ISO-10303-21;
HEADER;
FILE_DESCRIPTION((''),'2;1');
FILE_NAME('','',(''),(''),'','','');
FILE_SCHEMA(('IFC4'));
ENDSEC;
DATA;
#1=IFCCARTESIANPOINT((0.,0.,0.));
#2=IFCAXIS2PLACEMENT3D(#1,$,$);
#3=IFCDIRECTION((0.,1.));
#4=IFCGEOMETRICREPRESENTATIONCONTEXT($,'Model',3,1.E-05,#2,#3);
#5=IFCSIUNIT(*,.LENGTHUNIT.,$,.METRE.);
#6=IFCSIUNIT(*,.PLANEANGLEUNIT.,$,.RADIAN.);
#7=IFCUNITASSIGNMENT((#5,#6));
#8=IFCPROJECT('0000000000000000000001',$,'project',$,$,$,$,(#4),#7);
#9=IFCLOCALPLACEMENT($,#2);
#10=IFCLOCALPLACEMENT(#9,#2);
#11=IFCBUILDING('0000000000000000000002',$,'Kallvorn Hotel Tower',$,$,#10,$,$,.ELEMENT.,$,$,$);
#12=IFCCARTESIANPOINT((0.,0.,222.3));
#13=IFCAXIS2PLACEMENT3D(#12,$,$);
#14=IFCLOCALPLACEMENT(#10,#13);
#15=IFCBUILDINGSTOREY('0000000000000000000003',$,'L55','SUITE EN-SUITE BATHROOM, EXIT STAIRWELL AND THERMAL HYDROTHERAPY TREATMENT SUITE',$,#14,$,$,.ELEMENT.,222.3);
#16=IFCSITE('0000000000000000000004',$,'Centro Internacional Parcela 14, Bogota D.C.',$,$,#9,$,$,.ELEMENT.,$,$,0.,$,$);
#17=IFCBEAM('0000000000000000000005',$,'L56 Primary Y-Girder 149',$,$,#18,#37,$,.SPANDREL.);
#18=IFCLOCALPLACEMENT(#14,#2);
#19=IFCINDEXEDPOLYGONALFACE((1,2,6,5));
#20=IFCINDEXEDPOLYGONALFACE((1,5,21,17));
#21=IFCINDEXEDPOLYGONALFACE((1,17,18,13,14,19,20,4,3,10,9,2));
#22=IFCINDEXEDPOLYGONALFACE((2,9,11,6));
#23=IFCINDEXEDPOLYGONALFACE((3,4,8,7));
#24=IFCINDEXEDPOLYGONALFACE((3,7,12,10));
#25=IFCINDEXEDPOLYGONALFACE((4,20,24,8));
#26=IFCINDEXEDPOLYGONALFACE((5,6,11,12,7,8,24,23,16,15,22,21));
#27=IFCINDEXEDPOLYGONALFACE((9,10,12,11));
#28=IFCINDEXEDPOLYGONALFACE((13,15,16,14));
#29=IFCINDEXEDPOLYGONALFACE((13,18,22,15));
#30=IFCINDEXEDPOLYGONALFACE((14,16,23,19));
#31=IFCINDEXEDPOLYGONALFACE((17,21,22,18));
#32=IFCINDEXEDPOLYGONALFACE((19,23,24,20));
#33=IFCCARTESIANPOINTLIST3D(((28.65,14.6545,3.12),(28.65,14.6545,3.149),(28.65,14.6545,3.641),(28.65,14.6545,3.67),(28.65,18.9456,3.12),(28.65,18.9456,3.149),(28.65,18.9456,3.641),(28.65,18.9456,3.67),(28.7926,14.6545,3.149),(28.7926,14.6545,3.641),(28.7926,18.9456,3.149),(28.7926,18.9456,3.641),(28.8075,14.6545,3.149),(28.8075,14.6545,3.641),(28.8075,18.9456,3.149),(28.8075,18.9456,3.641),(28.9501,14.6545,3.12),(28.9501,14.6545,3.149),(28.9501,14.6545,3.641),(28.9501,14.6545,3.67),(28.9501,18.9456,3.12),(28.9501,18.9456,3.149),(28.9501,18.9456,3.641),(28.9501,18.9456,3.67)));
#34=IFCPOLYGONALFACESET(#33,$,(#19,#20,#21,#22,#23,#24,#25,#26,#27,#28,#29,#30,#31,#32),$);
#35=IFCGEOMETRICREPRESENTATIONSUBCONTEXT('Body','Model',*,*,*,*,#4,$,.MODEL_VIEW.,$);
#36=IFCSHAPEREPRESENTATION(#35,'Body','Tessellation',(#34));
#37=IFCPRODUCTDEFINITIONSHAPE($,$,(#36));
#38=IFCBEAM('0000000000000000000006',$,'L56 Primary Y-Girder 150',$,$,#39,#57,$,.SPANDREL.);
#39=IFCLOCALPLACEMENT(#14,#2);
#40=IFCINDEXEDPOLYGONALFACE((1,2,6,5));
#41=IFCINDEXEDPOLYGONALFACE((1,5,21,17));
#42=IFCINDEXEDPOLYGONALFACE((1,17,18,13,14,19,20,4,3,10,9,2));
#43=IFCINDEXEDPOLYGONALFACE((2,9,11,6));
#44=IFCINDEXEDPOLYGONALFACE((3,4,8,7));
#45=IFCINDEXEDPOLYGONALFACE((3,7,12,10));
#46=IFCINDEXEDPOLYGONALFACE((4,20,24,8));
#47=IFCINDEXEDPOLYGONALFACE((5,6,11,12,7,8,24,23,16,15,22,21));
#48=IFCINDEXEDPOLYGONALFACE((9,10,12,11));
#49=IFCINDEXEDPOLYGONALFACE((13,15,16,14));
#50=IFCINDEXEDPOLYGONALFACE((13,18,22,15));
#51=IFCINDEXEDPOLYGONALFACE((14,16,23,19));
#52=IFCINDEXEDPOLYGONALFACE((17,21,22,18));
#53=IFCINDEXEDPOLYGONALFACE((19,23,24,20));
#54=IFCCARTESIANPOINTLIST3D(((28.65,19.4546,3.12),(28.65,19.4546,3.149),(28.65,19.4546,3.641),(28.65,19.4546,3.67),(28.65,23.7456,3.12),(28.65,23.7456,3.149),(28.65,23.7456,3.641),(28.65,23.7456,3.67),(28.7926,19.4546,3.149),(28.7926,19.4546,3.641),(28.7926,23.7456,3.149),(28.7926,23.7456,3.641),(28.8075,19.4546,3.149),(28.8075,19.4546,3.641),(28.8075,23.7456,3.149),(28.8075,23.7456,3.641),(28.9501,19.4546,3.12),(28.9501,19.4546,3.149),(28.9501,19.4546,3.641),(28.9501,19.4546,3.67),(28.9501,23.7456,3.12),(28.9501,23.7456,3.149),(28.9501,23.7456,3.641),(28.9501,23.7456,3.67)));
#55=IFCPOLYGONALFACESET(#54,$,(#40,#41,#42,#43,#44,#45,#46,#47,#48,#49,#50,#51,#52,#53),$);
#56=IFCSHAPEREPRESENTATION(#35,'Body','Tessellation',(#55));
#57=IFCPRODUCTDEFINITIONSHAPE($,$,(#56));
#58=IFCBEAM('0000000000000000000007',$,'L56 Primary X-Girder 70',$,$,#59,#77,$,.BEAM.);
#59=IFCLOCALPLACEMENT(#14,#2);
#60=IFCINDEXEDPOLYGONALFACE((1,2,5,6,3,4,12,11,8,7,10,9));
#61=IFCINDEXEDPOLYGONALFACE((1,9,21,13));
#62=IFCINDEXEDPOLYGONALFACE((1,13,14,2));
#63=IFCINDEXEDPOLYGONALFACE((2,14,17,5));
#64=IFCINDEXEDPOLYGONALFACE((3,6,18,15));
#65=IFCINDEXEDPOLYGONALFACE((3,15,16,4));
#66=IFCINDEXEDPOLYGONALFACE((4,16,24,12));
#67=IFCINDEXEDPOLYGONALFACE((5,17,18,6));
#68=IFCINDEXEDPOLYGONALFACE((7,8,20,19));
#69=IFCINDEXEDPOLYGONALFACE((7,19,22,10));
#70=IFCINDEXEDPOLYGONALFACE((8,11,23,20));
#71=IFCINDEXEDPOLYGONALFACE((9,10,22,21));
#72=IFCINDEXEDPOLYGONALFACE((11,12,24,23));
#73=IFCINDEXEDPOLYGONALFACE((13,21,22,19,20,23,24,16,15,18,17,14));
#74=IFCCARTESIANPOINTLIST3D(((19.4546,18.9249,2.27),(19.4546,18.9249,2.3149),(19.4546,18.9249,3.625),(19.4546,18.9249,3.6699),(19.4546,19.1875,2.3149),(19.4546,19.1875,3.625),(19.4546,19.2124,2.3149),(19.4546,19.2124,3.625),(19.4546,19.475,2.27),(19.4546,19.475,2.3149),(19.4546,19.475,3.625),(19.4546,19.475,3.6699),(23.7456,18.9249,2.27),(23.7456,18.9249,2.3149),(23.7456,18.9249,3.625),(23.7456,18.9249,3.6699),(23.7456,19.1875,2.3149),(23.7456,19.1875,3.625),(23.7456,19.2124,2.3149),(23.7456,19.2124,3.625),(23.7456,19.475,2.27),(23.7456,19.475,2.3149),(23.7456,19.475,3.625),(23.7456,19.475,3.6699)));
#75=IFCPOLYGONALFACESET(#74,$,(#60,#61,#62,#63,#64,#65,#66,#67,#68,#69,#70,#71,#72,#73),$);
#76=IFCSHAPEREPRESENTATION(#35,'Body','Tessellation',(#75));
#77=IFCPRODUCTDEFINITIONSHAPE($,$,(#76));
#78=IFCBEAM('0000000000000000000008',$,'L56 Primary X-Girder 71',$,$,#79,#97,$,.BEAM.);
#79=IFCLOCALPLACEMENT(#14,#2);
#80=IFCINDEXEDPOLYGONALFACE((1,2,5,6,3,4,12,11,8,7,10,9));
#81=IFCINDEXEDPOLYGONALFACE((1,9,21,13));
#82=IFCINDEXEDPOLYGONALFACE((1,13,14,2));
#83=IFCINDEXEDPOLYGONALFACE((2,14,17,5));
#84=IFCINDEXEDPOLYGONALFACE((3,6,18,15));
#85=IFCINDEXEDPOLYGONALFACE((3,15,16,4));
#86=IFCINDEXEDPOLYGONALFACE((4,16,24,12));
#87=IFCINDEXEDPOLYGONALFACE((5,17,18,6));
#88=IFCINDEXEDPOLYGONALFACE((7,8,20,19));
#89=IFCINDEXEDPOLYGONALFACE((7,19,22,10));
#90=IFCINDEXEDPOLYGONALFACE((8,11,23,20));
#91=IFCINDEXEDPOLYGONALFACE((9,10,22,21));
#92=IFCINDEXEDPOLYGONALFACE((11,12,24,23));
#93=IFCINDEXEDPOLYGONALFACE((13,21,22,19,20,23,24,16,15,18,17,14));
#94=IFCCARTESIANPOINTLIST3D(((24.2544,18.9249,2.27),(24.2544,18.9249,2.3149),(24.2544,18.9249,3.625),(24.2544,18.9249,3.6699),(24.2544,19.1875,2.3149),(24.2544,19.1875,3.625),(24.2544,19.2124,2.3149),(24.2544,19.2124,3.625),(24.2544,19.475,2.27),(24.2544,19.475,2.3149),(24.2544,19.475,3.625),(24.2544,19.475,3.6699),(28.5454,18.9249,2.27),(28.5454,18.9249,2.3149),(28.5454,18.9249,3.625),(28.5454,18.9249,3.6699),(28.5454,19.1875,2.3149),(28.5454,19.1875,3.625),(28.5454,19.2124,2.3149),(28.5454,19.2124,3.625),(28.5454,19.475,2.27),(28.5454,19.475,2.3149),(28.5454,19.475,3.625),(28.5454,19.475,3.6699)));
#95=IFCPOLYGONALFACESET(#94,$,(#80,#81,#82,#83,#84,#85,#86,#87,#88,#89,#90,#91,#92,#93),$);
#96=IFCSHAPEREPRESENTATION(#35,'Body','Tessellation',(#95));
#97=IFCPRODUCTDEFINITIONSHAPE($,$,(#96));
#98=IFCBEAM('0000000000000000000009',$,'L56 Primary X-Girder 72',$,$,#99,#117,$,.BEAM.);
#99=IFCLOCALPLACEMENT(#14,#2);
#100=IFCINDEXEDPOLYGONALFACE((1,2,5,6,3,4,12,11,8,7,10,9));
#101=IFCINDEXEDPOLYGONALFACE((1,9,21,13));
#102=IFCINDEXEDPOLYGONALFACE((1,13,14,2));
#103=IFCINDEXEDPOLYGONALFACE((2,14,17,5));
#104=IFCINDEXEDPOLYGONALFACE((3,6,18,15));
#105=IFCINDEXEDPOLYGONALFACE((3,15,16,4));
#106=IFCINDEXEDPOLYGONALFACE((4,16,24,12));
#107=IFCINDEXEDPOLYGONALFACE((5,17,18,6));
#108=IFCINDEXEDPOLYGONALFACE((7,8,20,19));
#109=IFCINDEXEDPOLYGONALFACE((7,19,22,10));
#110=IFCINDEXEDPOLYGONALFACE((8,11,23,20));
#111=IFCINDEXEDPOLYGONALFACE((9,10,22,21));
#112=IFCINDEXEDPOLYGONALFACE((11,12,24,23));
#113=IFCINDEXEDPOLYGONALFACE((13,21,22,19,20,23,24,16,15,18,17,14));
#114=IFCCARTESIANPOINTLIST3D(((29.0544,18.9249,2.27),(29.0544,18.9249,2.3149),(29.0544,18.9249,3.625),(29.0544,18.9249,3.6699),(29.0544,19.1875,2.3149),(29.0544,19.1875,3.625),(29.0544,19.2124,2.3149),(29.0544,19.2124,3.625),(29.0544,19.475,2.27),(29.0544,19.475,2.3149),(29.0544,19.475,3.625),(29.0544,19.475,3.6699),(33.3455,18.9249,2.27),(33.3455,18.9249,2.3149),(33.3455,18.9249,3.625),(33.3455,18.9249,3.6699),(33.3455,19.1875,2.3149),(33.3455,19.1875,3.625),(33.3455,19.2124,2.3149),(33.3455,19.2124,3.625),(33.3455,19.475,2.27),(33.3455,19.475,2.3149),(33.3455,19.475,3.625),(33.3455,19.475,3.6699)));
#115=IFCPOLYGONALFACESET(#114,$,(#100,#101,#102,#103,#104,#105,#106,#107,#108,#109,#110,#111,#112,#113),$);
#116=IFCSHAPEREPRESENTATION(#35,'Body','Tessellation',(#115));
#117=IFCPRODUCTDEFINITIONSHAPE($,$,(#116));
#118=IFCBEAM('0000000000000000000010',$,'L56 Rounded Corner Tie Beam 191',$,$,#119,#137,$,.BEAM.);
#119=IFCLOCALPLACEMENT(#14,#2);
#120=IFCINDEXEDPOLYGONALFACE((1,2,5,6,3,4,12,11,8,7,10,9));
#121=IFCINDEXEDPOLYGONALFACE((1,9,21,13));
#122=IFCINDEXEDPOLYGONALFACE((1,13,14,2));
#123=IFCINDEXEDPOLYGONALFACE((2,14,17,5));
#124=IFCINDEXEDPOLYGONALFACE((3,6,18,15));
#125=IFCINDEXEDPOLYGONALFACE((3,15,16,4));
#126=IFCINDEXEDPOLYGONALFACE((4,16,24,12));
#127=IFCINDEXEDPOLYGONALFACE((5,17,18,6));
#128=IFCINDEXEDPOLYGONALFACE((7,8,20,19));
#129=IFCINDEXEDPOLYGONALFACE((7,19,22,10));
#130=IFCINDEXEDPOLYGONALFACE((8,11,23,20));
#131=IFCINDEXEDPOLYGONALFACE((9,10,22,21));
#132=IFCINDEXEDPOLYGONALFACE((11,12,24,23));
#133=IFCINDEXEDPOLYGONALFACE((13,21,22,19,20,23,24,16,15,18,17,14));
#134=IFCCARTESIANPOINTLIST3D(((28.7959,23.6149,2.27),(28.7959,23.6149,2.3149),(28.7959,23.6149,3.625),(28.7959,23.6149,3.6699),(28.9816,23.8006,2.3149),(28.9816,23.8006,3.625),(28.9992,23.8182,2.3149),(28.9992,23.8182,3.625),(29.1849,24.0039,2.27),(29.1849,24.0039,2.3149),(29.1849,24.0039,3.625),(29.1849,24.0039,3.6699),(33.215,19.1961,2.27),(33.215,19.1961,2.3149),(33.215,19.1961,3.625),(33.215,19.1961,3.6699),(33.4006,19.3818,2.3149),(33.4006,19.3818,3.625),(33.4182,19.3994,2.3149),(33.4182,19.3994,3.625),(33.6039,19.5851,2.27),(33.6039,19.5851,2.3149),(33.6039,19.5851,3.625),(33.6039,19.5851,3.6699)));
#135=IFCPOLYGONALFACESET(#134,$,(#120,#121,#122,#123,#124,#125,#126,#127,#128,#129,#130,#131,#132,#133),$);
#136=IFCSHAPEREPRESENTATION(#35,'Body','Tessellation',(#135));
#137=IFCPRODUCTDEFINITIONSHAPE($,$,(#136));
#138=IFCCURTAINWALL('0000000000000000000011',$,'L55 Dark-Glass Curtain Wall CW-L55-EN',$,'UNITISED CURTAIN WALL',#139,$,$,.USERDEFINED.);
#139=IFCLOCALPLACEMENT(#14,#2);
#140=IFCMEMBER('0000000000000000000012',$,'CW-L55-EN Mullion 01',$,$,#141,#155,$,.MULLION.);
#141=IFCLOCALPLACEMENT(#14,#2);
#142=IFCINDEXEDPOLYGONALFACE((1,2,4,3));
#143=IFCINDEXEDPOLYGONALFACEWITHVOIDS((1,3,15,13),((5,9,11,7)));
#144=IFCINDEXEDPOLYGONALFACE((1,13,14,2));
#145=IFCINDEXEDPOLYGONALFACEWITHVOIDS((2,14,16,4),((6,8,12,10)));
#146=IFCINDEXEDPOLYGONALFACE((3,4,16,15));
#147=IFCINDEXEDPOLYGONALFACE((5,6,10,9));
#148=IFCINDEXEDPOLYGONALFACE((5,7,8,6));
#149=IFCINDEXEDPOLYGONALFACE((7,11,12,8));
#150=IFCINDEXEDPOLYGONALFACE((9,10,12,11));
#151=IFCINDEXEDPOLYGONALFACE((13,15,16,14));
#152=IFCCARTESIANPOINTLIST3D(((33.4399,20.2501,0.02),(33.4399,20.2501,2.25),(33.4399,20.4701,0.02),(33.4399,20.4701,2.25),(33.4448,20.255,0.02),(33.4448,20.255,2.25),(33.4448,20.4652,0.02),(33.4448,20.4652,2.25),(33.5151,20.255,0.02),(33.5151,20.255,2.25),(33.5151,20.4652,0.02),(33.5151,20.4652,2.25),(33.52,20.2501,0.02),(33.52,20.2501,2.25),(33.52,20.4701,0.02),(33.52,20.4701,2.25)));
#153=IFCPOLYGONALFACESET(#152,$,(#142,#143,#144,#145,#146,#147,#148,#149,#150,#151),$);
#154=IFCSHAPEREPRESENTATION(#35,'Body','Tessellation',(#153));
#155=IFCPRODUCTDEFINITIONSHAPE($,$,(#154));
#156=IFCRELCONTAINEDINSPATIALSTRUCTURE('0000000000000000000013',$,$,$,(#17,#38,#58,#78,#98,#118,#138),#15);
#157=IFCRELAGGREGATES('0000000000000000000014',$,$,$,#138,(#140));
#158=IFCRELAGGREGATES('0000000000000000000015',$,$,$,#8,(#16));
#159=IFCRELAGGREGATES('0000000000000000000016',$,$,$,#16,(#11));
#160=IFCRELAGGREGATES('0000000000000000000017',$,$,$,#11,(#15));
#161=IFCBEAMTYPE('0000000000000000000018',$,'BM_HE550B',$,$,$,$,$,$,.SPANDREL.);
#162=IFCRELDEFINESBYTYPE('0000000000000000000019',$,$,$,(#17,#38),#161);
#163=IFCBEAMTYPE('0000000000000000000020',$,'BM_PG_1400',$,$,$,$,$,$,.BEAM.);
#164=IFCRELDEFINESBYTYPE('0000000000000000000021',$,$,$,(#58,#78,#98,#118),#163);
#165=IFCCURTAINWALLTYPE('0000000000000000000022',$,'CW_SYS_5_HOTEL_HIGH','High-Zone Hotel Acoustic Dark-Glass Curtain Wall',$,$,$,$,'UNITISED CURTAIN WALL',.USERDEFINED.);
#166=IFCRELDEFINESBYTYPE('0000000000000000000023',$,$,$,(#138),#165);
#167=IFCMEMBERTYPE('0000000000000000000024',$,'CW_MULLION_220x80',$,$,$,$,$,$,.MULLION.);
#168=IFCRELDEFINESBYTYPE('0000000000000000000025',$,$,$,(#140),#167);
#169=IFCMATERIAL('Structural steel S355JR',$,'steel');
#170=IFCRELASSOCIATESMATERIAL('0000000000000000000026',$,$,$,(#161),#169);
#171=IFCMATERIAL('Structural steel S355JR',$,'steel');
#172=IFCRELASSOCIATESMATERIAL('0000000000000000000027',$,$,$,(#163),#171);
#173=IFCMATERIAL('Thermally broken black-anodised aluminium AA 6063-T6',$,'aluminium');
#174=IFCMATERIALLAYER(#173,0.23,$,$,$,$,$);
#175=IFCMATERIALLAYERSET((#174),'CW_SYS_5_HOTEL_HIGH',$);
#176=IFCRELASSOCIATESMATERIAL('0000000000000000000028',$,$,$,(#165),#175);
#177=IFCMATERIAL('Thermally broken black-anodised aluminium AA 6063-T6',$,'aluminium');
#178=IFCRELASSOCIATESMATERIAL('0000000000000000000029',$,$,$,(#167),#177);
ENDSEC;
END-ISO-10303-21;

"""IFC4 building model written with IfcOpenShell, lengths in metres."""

from ifc_helpers import new_model, si_unit, direction, frame, origin, origin_2d, place, context, subcontext, project, spatial, hollow_rectangle, i_section, extrude, material, layer, layer_set, material_profile, profile_set, type_object, element, aggregate, save


model = new_model("IFC4")

# Units and contexts
model_context = context("Model", 3, precision=1e-05, world=origin(), true_north=direction((0.0, 1.0)))
body_context = subcontext(model_context, "Body", "Model", "MODEL_VIEW")
ifc_project = project(units=[si_unit("LENGTHUNIT", "METRE"), si_unit("PLANEANGLEUNIT", "RADIAN")], contexts=[model_context])

# Site, building, storey
site_placement = place(None, origin())
site = spatial("IfcSite", under=ifc_project, at=site_placement, Name="Centro Internacional Parcela 14, Bogota D.C.", CompositionType="ELEMENT", RefElevation=0.0)
building_placement = place(site_placement, origin())
building = spatial("IfcBuilding", under=site, at=building_placement, Name="Kallvorn Hotel Tower", CompositionType="ELEMENT")
storey_placement = place(building_placement, frame((0.0, 0.0, 222.3)))
storey = spatial("IfcBuildingStorey", under=building, at=storey_placement, Name="L55", Description="SUITE EN-SUITE BATHROOM, EXIT STAIRWELL AND THERMAL HYDROTHERAPY TREATMENT SUITE", CompositionType="ELEMENT", Elevation=222.3)

# Beams
ifc_material_1 = material(Name="Structural steel S355JR", Category="steel")
ifc_material_profile_1 = material_profile(ifc_material_1, i_section(OverallWidth=0.3, OverallDepth=0.55, WebThickness=0.0149, FlangeThickness=0.0291, at=origin_2d()), Name="HE 550 B")
ifc_profile_set_1 = profile_set([ifc_material_profile_1], Name="Structural steel S355JR")
beam_type_1 = type_object("IfcBeamType", Name="BM_HE550B", PredefinedType="SPANDREL", material=ifc_profile_set_1)
for number, where, z_axis, x_axis, name in (
    (1, (28.8, 14.6545, 3.395), (0.0, 1.0, 0.0), (-1.0, 0.0, 0.0), "L56 Primary Y-Girder 149"),
    (2, (28.8, 19.4546, 3.395), (0.0, 1.0, 0.0), (-1.0, 0.0, 0.0), "L56 Primary Y-Girder 150"),
):
    element("IfcBeam", number, at=place(storey_placement, frame(where, z_axis=z_axis, x_axis=x_axis)), inside=storey, type_object=beam_type_1, Name=name, PredefinedType="SPANDREL", context=body_context, shape_type="SweptSolid", body=[
        extrude(i_section(OverallWidth=0.3, OverallDepth=0.55, WebThickness=0.0149, FlangeThickness=0.0291, at=origin_2d()), origin(), (0.0, 0.0, 1.0), 4.291),
    ])
ifc_material_2 = material(Name="Structural steel S355JR", Category="steel")
ifc_material_profile_2 = material_profile(ifc_material_2, i_section(OverallWidth=0.55, OverallDepth=1.3999, WebThickness=0.0249, FlangeThickness=0.0449, at=origin_2d()), Name="PG 1400x550x25x45")
ifc_profile_set_2 = profile_set([ifc_material_profile_2], Name="Structural steel S355JR")
beam_type_2 = type_object("IfcBeamType", Name="BM_PG_1400", PredefinedType="BEAM", material=ifc_profile_set_2)
for number, where, z_axis, x_axis, name in (
    (3, (19.4546, 19.2, 2.97), (1.0, 0.0, 0.0), (0.0, 1.0, 0.0), "L56 Primary X-Girder 70"),
    (4, (24.2544, 19.2, 2.97), (1.0, 0.0, 0.0), (0.0, 1.0, 0.0), "L56 Primary X-Girder 71"),
    (5, (29.0544, 19.2, 2.97), (1.0, 0.0, 0.0), (0.0, 1.0, 0.0), "L56 Primary X-Girder 72"),
):
    element("IfcBeam", number, at=place(storey_placement, frame(where, z_axis=z_axis, x_axis=x_axis)), inside=storey, type_object=beam_type_2, Name=name, PredefinedType="BEAM", context=body_context, shape_type="SweptSolid", body=[
        extrude(i_section(OverallWidth=0.55, OverallDepth=1.3999, WebThickness=0.0249, FlangeThickness=0.0449, at=origin_2d()), origin(), (0.0, 0.0, 1.0), 4.291),
    ])
beam_1_placement = place(storey_placement, frame((33.4094, 19.3906, 2.97), z_axis=(-0.707126, 0.707087, 0.0), x_axis=(-0.707087, -0.707126, 0.0)))
element("IfcBeam", 6, at=beam_1_placement, inside=storey, type_object=beam_type_2, Name="L56 Rounded Corner Tie Beam 191", PredefinedType="BEAM", context=body_context, shape_type="SweptSolid", body=[
    extrude(i_section(OverallWidth=0.55, OverallDepth=1.3999, WebThickness=0.0249, FlangeThickness=0.0449, at=origin_2d()), origin(), (0.0, 0.0, 1.0), 6.2493),
])

# Curtain wall, member
ifc_material_3 = material(Name="Thermally broken black-anodised aluminium AA 6063-T6", Category="aluminium")
ifc_layer_1 = layer(ifc_material_3, 0.23)
ifc_layer_set_1 = layer_set([ifc_layer_1], Name="CW_SYS_5_HOTEL_HIGH")
curtain_wall_type = type_object("IfcCurtainWallType", Name="CW_SYS_5_HOTEL_HIGH", Description="High-Zone Hotel Acoustic Dark-Glass Curtain Wall", ElementType="UNITISED CURTAIN WALL", PredefinedType="USERDEFINED", material=ifc_layer_set_1)
curtain_wall_placement = place(storey_placement, origin())
curtain_wall = element("IfcCurtainWall", 7, at=curtain_wall_placement, inside=storey, type_object=curtain_wall_type, Name="L55 Dark-Glass Curtain Wall CW-L55-EN", ObjectType="UNITISED CURTAIN WALL", PredefinedType="USERDEFINED")
ifc_material_4 = material(Name="Thermally broken black-anodised aluminium AA 6063-T6", Category="aluminium")
ifc_material_profile_3 = material_profile(ifc_material_4, hollow_rectangle(XDim=0.0801, YDim=0.22, WallThickness=0.0049, at=origin_2d()), Name="MUL 220x80")
ifc_profile_set_3 = profile_set([ifc_material_profile_3], Name="Thermally broken black-anodised aluminium AA 6063-T6")
member_type_1 = type_object("IfcMemberType", Name="CW_MULLION_220x80", PredefinedType="MULLION", material=ifc_profile_set_3)
member_placement = place(storey_placement, frame((33.48, 20.3601, 0.02), z_axis=(0.0, 0.0, 1.0), x_axis=(1.0, 0.0, 0.0)))
member = element("IfcMember", 8, at=member_placement, type_object=member_type_1, Name="CW-L55-EN Mullion 01", PredefinedType="MULLION", context=body_context, shape_type="SweptSolid", body=[
    extrude(hollow_rectangle(XDim=0.0801, YDim=0.22, WallThickness=0.0049, at=origin_2d()), origin(), (0.0, 0.0, 1.0), 2.23),
])
aggregate(curtain_wall, [member])

save(model, "model.ifc")
